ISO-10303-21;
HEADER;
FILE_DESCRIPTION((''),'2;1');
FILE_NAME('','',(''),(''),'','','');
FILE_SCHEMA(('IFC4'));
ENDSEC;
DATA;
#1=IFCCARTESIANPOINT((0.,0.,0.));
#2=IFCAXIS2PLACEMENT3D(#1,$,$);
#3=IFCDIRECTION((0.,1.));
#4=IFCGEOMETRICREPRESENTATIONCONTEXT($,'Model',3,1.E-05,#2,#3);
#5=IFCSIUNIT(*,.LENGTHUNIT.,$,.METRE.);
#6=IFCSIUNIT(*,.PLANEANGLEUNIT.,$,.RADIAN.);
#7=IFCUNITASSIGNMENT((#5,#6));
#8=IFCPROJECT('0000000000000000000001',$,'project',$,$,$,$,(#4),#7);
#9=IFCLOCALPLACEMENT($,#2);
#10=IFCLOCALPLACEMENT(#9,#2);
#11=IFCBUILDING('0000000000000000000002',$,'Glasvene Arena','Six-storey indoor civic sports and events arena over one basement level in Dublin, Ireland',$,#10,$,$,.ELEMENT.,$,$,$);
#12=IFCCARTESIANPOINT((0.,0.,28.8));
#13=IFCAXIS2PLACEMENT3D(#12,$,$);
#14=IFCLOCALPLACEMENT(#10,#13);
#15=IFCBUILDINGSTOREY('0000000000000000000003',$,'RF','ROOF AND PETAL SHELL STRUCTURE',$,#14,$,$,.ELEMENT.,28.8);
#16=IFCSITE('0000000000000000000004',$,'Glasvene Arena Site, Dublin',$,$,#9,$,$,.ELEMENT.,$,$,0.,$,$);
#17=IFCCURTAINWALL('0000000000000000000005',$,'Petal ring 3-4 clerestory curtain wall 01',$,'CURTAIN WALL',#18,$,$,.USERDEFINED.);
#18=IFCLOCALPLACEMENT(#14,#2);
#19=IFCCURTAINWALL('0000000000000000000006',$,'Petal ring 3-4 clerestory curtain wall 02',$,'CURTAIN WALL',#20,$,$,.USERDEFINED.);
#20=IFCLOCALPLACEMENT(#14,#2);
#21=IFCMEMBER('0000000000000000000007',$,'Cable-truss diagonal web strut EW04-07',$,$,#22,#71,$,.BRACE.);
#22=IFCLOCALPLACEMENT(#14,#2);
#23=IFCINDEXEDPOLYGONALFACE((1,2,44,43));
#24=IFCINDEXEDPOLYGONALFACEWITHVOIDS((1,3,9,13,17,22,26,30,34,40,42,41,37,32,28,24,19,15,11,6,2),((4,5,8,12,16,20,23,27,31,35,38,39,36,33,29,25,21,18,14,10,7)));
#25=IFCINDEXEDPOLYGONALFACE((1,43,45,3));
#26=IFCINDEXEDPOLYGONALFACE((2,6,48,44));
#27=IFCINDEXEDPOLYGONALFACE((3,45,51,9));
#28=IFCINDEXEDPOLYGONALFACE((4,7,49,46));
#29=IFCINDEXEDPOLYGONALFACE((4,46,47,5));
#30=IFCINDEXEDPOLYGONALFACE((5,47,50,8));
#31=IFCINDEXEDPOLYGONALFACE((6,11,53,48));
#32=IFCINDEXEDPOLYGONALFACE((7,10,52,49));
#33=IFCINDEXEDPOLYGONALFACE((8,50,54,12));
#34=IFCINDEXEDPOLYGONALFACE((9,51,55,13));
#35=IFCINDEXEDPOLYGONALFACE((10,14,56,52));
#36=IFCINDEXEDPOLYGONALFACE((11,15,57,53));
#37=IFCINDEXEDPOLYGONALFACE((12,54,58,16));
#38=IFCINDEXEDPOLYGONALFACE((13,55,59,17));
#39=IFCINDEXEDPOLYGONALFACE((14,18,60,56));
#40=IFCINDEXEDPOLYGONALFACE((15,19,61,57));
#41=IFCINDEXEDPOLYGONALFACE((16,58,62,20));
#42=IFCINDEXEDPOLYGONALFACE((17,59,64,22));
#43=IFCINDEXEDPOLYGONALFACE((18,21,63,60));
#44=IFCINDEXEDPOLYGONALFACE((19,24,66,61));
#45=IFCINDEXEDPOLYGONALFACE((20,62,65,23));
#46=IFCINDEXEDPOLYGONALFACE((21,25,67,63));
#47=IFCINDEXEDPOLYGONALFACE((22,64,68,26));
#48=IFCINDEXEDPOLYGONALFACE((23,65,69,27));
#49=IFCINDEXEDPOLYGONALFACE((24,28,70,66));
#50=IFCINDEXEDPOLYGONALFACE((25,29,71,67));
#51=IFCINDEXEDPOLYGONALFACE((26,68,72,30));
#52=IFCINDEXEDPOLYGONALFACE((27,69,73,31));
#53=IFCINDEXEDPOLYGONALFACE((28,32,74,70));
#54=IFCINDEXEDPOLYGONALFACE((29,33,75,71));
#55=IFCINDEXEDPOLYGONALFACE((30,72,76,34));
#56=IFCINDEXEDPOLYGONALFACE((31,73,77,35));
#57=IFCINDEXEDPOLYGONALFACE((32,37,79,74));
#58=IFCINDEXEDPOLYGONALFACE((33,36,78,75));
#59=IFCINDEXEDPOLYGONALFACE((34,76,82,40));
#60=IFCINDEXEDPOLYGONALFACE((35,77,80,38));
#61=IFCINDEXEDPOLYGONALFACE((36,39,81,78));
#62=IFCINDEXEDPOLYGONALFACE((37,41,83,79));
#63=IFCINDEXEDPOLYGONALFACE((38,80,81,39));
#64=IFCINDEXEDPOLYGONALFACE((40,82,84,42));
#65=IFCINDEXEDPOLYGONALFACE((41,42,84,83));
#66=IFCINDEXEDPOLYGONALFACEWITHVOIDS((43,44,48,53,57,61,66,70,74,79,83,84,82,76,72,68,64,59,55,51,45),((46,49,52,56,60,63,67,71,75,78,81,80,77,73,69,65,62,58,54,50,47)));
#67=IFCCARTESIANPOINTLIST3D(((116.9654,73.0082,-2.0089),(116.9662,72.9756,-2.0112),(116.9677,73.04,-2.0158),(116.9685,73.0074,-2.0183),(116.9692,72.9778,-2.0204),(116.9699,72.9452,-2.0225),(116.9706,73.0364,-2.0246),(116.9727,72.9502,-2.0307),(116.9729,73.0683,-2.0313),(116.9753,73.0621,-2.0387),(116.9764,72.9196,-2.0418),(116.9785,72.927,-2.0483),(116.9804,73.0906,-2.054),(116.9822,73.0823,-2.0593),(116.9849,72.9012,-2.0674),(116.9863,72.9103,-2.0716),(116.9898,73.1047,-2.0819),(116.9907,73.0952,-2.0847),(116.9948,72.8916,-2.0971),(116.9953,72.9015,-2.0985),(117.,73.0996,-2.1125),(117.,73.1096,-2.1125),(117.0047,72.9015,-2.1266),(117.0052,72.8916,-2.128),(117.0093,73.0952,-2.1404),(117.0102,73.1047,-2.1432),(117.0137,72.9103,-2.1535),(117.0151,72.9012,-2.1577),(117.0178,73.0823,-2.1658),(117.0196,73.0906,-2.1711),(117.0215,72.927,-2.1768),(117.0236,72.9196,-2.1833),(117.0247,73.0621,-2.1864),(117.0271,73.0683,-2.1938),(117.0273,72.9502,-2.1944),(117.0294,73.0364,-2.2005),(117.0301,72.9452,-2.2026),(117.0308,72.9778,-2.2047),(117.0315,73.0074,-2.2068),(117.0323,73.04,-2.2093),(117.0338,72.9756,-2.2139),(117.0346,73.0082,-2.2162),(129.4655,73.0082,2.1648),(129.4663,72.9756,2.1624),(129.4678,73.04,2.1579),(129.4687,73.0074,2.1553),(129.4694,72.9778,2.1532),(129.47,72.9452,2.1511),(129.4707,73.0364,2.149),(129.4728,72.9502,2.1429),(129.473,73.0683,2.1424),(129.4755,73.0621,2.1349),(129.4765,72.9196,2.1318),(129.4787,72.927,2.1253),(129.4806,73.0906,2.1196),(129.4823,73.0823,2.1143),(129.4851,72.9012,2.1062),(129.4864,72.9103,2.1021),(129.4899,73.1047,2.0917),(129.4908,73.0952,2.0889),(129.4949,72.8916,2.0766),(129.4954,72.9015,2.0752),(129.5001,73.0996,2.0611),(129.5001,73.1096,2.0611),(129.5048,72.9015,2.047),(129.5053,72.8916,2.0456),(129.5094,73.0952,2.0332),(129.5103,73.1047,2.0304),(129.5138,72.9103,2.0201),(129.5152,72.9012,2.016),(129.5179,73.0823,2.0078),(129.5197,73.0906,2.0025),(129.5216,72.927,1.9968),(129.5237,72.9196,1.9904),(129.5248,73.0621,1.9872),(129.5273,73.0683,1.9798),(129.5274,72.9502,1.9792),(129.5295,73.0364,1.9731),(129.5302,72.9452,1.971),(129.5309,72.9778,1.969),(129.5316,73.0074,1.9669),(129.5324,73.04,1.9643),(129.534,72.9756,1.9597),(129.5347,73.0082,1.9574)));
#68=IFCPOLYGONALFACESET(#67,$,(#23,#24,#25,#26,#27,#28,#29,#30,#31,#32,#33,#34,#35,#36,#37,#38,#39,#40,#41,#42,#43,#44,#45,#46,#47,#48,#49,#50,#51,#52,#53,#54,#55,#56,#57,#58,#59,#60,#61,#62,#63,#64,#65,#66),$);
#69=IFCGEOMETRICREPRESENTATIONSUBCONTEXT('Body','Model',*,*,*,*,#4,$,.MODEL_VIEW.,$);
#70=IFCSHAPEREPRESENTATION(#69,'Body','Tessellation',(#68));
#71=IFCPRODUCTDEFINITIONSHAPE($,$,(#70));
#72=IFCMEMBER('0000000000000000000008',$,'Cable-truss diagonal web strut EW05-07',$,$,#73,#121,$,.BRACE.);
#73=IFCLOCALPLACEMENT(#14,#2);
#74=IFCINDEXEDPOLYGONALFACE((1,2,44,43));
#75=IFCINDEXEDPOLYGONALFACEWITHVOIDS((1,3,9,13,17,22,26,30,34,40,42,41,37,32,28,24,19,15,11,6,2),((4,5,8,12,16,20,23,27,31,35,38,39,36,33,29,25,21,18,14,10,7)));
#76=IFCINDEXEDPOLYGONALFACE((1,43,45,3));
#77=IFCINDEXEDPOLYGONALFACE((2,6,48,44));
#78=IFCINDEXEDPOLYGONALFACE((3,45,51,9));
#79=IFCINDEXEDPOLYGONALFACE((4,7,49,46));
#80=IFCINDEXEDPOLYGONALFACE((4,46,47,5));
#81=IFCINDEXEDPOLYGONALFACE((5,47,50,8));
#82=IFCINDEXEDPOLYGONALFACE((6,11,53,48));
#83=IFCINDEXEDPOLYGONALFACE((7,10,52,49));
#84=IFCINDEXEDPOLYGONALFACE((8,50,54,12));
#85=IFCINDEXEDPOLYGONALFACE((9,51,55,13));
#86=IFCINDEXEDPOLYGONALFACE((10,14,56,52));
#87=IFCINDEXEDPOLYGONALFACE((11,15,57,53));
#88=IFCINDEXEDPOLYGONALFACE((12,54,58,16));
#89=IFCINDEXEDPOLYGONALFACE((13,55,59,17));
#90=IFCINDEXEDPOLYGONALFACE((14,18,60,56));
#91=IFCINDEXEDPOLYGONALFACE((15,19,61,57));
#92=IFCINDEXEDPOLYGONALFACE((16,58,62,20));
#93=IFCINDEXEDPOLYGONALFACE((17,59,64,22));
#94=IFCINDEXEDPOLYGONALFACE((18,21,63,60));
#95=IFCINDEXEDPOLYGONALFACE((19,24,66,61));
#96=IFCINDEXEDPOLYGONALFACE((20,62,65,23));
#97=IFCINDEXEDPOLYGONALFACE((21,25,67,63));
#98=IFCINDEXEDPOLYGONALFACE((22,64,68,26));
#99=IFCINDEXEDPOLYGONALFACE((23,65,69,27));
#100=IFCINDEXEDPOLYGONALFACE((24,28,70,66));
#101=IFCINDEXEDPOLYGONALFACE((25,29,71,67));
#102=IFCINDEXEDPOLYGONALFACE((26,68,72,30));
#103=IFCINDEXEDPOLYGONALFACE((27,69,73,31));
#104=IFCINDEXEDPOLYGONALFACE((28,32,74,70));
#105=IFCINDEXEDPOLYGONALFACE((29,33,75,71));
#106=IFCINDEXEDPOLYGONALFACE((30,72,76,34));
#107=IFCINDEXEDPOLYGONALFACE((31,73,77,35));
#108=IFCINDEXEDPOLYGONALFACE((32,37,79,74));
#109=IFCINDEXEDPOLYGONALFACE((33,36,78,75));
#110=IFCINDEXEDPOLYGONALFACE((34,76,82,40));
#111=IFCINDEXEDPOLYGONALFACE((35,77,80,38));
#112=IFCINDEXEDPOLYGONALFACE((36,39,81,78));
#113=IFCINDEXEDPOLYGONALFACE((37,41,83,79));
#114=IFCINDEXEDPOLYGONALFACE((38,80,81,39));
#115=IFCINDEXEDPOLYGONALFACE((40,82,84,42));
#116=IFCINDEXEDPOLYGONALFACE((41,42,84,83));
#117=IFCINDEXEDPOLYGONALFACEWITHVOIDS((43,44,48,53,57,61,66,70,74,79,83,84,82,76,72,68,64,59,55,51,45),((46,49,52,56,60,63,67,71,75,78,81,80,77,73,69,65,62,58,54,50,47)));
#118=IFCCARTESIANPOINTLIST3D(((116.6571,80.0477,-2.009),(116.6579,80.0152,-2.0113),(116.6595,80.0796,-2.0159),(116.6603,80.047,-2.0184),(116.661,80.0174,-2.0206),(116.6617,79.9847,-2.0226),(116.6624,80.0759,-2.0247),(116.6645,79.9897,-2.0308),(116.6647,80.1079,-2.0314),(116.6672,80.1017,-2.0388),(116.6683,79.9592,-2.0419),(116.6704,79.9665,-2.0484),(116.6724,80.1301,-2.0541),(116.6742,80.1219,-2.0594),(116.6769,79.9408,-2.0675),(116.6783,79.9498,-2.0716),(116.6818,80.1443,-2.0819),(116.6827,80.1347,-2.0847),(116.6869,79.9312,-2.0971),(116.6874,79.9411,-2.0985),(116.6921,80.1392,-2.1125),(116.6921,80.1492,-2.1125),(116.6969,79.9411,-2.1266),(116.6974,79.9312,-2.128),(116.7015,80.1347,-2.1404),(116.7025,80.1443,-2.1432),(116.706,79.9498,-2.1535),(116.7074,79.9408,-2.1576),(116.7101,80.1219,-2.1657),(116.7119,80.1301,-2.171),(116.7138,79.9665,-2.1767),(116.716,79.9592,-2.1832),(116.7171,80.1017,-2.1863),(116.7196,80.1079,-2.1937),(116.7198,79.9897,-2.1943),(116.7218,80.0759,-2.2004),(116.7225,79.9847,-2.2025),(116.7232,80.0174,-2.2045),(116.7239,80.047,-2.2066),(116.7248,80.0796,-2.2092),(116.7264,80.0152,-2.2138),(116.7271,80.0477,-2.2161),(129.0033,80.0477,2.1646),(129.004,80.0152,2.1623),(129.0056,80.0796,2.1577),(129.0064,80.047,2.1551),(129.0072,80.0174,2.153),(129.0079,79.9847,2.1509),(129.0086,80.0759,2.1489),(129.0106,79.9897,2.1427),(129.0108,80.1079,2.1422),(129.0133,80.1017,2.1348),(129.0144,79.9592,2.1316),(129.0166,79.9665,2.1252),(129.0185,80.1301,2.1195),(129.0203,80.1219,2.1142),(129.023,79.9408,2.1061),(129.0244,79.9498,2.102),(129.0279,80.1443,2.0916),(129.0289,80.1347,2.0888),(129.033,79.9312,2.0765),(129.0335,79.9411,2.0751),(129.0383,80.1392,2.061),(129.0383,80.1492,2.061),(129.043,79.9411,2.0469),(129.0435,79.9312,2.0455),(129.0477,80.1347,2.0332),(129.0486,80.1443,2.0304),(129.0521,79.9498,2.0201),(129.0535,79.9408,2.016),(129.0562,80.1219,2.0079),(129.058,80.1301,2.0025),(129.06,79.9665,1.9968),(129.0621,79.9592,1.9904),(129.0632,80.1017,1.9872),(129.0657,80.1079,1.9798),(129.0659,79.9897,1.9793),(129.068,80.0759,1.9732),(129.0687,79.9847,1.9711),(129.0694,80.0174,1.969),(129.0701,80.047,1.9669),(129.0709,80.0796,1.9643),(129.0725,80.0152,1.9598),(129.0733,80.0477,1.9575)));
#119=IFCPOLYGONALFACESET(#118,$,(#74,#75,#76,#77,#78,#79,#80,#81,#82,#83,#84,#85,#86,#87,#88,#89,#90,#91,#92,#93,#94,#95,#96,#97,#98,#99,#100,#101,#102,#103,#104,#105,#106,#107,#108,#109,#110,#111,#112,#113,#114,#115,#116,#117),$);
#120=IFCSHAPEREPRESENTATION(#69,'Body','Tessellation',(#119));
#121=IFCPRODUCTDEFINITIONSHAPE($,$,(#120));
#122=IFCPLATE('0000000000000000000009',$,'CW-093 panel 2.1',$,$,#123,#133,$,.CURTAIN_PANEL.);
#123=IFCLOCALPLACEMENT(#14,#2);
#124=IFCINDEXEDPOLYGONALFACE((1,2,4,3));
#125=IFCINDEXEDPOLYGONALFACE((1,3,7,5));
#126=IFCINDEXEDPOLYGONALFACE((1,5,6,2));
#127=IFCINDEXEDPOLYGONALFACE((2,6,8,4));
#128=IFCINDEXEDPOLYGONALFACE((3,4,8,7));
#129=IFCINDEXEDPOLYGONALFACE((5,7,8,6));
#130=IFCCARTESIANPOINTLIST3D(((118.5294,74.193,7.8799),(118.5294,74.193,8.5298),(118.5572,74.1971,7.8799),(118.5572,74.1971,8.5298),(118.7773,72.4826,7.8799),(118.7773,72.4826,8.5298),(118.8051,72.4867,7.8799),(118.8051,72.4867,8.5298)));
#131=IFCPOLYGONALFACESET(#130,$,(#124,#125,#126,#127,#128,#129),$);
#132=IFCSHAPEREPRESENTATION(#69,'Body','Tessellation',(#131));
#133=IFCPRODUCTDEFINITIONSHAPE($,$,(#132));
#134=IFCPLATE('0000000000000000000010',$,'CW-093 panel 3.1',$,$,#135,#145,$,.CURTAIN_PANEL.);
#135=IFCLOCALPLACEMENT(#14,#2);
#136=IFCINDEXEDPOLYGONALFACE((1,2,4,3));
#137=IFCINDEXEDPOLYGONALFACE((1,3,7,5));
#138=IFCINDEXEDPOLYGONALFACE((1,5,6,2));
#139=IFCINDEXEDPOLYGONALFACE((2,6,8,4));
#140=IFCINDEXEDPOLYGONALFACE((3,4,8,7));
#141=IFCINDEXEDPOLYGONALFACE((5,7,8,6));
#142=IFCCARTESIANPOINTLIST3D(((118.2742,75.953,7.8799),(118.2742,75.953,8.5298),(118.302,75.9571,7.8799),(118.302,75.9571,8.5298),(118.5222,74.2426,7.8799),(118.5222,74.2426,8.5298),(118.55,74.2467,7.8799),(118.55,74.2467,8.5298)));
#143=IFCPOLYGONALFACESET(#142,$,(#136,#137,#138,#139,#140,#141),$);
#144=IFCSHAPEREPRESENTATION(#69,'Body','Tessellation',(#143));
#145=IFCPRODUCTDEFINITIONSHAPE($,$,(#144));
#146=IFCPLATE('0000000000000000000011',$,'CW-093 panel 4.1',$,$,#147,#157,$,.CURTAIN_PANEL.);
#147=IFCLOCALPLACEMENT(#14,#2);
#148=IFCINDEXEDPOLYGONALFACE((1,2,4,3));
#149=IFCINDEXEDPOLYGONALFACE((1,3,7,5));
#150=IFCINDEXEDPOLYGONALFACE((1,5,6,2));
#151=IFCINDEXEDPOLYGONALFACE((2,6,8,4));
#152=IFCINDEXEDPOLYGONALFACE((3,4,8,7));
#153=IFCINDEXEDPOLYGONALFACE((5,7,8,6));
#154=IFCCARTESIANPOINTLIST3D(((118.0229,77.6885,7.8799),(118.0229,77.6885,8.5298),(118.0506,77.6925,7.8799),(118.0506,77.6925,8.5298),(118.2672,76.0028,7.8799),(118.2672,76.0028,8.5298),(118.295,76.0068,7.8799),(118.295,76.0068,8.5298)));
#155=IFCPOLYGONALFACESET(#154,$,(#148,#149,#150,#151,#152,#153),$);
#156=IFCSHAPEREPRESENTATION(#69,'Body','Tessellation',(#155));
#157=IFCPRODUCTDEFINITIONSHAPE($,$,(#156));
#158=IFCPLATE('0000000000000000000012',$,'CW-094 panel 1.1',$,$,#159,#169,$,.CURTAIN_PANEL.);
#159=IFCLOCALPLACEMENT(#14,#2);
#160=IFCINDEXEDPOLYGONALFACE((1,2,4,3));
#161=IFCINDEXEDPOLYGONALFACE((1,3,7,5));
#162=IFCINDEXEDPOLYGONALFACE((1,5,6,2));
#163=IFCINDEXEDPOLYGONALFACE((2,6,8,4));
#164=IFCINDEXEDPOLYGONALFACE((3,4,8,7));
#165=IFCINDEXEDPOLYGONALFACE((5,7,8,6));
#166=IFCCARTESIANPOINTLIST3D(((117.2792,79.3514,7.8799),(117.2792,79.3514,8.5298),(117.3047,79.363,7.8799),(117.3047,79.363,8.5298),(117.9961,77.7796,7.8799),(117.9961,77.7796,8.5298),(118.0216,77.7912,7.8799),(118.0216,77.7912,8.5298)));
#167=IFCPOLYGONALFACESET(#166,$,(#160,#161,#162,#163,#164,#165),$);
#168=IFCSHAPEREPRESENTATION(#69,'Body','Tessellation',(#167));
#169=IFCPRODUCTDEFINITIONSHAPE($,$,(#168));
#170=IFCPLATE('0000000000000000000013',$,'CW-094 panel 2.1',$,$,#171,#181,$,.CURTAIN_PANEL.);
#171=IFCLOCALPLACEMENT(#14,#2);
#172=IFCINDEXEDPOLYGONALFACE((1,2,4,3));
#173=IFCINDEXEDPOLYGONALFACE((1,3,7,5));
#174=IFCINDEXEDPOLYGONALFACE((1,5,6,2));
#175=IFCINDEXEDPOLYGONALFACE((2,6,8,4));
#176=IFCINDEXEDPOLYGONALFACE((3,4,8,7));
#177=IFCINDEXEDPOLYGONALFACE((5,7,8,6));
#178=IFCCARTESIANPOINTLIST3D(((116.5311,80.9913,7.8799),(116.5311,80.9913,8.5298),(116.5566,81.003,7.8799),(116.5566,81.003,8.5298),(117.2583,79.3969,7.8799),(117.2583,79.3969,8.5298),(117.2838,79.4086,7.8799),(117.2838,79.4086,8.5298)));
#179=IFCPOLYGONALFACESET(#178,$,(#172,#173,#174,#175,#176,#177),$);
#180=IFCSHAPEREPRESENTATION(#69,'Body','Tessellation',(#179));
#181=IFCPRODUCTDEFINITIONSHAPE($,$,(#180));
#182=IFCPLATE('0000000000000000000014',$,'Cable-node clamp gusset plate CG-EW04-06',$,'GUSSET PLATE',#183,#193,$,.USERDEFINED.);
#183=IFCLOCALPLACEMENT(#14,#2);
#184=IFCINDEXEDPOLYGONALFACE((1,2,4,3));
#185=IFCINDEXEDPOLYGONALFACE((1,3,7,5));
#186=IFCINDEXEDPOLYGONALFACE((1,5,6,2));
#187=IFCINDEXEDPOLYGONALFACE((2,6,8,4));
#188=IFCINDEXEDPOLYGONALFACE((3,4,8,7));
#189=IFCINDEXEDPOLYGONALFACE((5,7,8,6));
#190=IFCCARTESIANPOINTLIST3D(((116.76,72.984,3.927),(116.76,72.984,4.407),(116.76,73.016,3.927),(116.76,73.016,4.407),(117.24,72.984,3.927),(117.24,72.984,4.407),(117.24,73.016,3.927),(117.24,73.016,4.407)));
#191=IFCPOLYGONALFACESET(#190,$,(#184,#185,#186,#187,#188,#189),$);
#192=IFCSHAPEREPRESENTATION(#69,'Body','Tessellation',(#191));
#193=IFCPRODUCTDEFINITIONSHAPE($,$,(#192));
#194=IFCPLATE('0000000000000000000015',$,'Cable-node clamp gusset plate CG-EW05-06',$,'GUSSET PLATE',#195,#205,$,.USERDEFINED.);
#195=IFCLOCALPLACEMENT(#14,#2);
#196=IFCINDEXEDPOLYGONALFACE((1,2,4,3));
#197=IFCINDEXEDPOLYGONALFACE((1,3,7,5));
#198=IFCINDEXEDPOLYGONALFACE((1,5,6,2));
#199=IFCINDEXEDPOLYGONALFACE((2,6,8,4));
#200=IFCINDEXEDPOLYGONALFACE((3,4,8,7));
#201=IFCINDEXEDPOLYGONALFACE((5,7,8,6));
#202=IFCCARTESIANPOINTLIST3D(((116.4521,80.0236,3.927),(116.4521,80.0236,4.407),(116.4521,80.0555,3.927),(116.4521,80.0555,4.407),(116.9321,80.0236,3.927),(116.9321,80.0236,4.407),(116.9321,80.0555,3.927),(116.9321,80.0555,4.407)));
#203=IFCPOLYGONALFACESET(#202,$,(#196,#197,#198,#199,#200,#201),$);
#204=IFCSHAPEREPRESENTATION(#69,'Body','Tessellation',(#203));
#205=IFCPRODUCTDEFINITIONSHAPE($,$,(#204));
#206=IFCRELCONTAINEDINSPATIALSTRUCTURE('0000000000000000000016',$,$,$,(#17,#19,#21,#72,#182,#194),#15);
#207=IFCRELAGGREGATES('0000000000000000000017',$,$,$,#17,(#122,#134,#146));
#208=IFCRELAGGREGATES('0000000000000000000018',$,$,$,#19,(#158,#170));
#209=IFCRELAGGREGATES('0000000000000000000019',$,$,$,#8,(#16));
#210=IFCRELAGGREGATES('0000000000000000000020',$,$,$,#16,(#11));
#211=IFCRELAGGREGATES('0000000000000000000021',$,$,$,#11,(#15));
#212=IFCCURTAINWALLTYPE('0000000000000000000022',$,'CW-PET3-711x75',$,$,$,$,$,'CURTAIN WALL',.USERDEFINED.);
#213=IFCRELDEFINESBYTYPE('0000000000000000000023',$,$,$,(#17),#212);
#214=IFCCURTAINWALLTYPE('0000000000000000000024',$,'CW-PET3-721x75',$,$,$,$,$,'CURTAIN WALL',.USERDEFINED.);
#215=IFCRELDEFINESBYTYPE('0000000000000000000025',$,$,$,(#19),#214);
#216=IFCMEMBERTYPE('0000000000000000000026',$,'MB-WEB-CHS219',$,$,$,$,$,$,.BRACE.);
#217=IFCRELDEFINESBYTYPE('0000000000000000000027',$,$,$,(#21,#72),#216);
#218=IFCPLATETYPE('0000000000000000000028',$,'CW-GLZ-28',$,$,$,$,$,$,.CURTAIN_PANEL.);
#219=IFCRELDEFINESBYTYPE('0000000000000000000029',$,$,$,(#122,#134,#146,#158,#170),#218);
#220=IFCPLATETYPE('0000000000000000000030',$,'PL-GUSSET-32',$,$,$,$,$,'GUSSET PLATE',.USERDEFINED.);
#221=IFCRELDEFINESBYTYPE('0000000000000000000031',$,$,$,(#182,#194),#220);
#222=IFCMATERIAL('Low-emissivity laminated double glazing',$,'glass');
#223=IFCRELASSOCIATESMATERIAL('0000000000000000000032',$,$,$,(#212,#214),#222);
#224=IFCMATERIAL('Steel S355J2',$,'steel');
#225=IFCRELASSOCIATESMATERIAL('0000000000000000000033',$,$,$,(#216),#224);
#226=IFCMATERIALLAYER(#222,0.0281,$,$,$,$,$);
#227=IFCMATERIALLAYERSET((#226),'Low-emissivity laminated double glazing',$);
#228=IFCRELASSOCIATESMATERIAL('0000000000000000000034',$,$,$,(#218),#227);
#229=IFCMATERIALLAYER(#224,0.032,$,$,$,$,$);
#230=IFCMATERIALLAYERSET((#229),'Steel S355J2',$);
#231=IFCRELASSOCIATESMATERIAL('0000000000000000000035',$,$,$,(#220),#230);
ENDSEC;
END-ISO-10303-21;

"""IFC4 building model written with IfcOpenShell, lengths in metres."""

from ifc_helpers import new_model, si_unit, direction, frame, origin, origin_2d, place, context, subcontext, project, spatial, rectangle, hollow_circle, extrude, material, layer, layer_set, material_profile, profile_set, type_object, element, aggregate, save


model = new_model("IFC4")

# Units and contexts
model_context = context("Model", 3, precision=1e-05, world=origin(), true_north=direction((0.0, 1.0)))
body_context = subcontext(model_context, "Body", "Model", "MODEL_VIEW")
ifc_project = project(units=[si_unit("LENGTHUNIT", "METRE"), si_unit("PLANEANGLEUNIT", "RADIAN")], contexts=[model_context])

# Site, building, storey
site_placement = place(None, origin())
site = spatial("IfcSite", under=ifc_project, at=site_placement, Name="Glasvene Arena Site, Dublin", CompositionType="ELEMENT", RefElevation=0.0)
building_placement = place(site_placement, origin())
building = spatial("IfcBuilding", under=site, at=building_placement, Name="Glasvene Arena", Description="Six-storey indoor civic sports and events arena over one basement level in Dublin, Ireland", CompositionType="ELEMENT")
storey_placement = place(building_placement, frame((0.0, 0.0, 28.8)))
storey = spatial("IfcBuildingStorey", under=building, at=storey_placement, Name="RF", Description="ROOF AND PETAL SHELL STRUCTURE", CompositionType="ELEMENT", Elevation=28.8)

# Curtain walls
ifc_material_1 = material(Name="Low-emissivity laminated double glazing", Category="glass")
curtain_wall_type_1 = type_object("IfcCurtainWallType", Name="CW-PET3-711x75", ElementType="CURTAIN WALL", PredefinedType="USERDEFINED", material=ifc_material_1)
curtain_wall_1_placement = place(storey_placement, frame((119.05, 70.7, 0.0)))
curtain_wall_1 = element("IfcCurtainWall", 1, at=curtain_wall_1_placement, inside=storey, type_object=curtain_wall_type_1, Name="Petal ring 3-4 clerestory curtain wall 01", ObjectType="CURTAIN WALL", PredefinedType="USERDEFINED")
curtain_wall_type_2 = type_object("IfcCurtainWallType", Name="CW-PET3-721x75", ElementType="CURTAIN WALL", PredefinedType="USERDEFINED", material=ifc_material_1)
curtain_wall_2_placement = place(storey_placement, frame((118.0295, 77.74, 0.0)))
curtain_wall_2 = element("IfcCurtainWall", 2, at=curtain_wall_2_placement, inside=storey, type_object=curtain_wall_type_2, Name="Petal ring 3-4 clerestory curtain wall 02", ObjectType="CURTAIN WALL", PredefinedType="USERDEFINED")

# Members
ifc_material_2 = material(Name="Steel S355J2", Category="steel")
ifc_material_profile_1 = material_profile(ifc_material_2, hollow_circle(Radius=0.1096, WallThickness=0.01, at=origin_2d()), Name="CHS 219.1x10.0")
ifc_profile_set_1 = profile_set([ifc_material_profile_1], Name="Steel S355J2")
member_type_1 = type_object("IfcMemberType", Name="MB-WEB-CHS219", PredefinedType="BRACE", material=ifc_profile_set_1)
member_1_placement = place(storey_placement, frame((117.0, 73.0, -2.1125), z_axis=(0.948526, 0.0, 0.3167), x_axis=(0.0, 1.0, 0.0)))
element("IfcMember", 3, at=member_1_placement, inside=storey, type_object=member_type_1, Name="Cable-truss diagonal web strut EW04-07", PredefinedType="BRACE", context=body_context, shape_type="SweptSolid", body=[
    extrude(hollow_circle(Radius=0.1096, WallThickness=0.01, at=origin_2d()), origin(), (0.0, 0.0, 1.0), 13.1785),
])
member_2_placement = place(storey_placement, frame((116.6921, 80.0396, -2.1125), z_axis=(0.947335, 0.0, 0.320243), x_axis=(0.0, 1.0, 0.0)))
element("IfcMember", 4, at=member_2_placement, inside=storey, type_object=member_type_1, Name="Cable-truss diagonal web strut EW05-07", PredefinedType="BRACE", context=body_context, shape_type="SweptSolid", body=[
    extrude(hollow_circle(Radius=0.1096, WallThickness=0.01, at=origin_2d()), origin(), (0.0, 0.0, 1.0), 13.0325),
])

# Plates
ifc_layer_1 = layer(ifc_material_1, 0.0281)
ifc_layer_set_1 = layer_set([ifc_layer_1], Name="Low-emissivity laminated double glazing")
plate_type_1 = type_object("IfcPlateType", Name="CW-GLZ-28", PredefinedType="CURTAIN_PANEL", material=ifc_layer_set_1)
plate_1_placement = place(storey_placement, frame((118.6672, 73.3398, 7.8799), z_axis=(0.0, 0.0, 1.0), x_axis=(-0.14346, 0.989656, 0.0)))
plate_1 = element("IfcPlate", 5, at=plate_1_placement, type_object=plate_type_1, Name="CW-093 panel 2.1", PredefinedType="CURTAIN_PANEL", context=body_context, shape_type="SweptSolid", body=[
    extrude(rectangle(XDim=1.7283, YDim=0.0281, at=origin_2d()), origin(), (0.0, 0.0, 1.0), 0.6499),
])
plate_2_placement = place(storey_placement, frame((118.4121, 75.0999, 7.8799), z_axis=(0.0, 0.0, 1.0), x_axis=(-0.14346, 0.989656, 0.0)))
plate_2 = element("IfcPlate", 6, at=plate_2_placement, type_object=plate_type_1, Name="CW-093 panel 3.1", PredefinedType="CURTAIN_PANEL", context=body_context, shape_type="SweptSolid", body=[
    extrude(rectangle(XDim=1.7283, YDim=0.0281, at=origin_2d()), origin(), (0.0, 0.0, 1.0), 0.6499),
])
plate_3_placement = place(storey_placement, frame((118.1589, 76.8477, 7.8799), z_axis=(0.0, 0.0, 1.0), x_axis=(-0.14346, 0.989656, 0.0)))
plate_3 = element("IfcPlate", 7, at=plate_3_placement, type_object=plate_type_1, Name="CW-093 panel 4.1", PredefinedType="CURTAIN_PANEL", context=body_context, shape_type="SweptSolid", body=[
    extrude(rectangle(XDim=1.7034, YDim=0.0281, at=origin_2d()), origin(), (0.0, 0.0, 1.0), 0.6499),
])
aggregate(curtain_wall_1, [plate_1, plate_2, plate_3])
plate_4_placement = place(storey_placement, frame((117.6504, 78.5713, 7.8799), z_axis=(0.0, 0.0, 1.0), x_axis=(-0.414968, 0.909836, 0.0)))
plate_4 = element("IfcPlate", 8, at=plate_4_placement, type_object=plate_type_1, Name="CW-094 panel 1.1", PredefinedType="CURTAIN_PANEL", context=body_context, shape_type="SweptSolid", body=[
    extrude(rectangle(XDim=1.7275, YDim=0.0281, at=origin_2d()), origin(), (0.0, 0.0, 1.0), 0.6499),
])
plate_5_placement = place(storey_placement, frame((116.9075, 80.2, 7.8799), z_axis=(0.0, 0.0, 1.0), x_axis=(-0.414968, 0.909836, 0.0)))
plate_5 = element("IfcPlate", 9, at=plate_5_placement, type_object=plate_type_1, Name="CW-094 panel 2.1", PredefinedType="CURTAIN_PANEL", context=body_context, shape_type="SweptSolid", body=[
    extrude(rectangle(XDim=1.7524, YDim=0.0281, at=origin_2d()), origin(), (0.0, 0.0, 1.0), 0.6499),
])
aggregate(curtain_wall_2, [plate_4, plate_5])

# Plates
ifc_layer_2 = layer(ifc_material_2, 0.032)
ifc_layer_set_2 = layer_set([ifc_layer_2], Name="Steel S355J2")
plate_type_2 = type_object("IfcPlateType", Name="PL-GUSSET-32", ElementType="GUSSET PLATE", PredefinedType="USERDEFINED", material=ifc_layer_set_2)
for number, where, z_axis, x_axis, name in (
    (10, (117.0, 73.0, 3.927), (0.0, 0.0, 1.0), (1.0, 0.0, 0.0), "Cable-node clamp gusset plate CG-EW04-06"),
    (11, (116.6921, 80.0396, 3.927), (0.0, 0.0, 1.0), (1.0, 0.0, 0.0), "Cable-node clamp gusset plate CG-EW05-06"),
):
    element("IfcPlate", number, at=place(storey_placement, frame(where, z_axis=z_axis, x_axis=x_axis)), inside=storey, type_object=plate_type_2, Name=name, ObjectType="GUSSET PLATE", PredefinedType="USERDEFINED", context=body_context, shape_type="SweptSolid", body=[
        extrude(rectangle(XDim=0.48, YDim=0.032, at=origin_2d()), origin(), (0.0, 0.0, 1.0), 0.48),
    ])

save(model, "model.ifc")
